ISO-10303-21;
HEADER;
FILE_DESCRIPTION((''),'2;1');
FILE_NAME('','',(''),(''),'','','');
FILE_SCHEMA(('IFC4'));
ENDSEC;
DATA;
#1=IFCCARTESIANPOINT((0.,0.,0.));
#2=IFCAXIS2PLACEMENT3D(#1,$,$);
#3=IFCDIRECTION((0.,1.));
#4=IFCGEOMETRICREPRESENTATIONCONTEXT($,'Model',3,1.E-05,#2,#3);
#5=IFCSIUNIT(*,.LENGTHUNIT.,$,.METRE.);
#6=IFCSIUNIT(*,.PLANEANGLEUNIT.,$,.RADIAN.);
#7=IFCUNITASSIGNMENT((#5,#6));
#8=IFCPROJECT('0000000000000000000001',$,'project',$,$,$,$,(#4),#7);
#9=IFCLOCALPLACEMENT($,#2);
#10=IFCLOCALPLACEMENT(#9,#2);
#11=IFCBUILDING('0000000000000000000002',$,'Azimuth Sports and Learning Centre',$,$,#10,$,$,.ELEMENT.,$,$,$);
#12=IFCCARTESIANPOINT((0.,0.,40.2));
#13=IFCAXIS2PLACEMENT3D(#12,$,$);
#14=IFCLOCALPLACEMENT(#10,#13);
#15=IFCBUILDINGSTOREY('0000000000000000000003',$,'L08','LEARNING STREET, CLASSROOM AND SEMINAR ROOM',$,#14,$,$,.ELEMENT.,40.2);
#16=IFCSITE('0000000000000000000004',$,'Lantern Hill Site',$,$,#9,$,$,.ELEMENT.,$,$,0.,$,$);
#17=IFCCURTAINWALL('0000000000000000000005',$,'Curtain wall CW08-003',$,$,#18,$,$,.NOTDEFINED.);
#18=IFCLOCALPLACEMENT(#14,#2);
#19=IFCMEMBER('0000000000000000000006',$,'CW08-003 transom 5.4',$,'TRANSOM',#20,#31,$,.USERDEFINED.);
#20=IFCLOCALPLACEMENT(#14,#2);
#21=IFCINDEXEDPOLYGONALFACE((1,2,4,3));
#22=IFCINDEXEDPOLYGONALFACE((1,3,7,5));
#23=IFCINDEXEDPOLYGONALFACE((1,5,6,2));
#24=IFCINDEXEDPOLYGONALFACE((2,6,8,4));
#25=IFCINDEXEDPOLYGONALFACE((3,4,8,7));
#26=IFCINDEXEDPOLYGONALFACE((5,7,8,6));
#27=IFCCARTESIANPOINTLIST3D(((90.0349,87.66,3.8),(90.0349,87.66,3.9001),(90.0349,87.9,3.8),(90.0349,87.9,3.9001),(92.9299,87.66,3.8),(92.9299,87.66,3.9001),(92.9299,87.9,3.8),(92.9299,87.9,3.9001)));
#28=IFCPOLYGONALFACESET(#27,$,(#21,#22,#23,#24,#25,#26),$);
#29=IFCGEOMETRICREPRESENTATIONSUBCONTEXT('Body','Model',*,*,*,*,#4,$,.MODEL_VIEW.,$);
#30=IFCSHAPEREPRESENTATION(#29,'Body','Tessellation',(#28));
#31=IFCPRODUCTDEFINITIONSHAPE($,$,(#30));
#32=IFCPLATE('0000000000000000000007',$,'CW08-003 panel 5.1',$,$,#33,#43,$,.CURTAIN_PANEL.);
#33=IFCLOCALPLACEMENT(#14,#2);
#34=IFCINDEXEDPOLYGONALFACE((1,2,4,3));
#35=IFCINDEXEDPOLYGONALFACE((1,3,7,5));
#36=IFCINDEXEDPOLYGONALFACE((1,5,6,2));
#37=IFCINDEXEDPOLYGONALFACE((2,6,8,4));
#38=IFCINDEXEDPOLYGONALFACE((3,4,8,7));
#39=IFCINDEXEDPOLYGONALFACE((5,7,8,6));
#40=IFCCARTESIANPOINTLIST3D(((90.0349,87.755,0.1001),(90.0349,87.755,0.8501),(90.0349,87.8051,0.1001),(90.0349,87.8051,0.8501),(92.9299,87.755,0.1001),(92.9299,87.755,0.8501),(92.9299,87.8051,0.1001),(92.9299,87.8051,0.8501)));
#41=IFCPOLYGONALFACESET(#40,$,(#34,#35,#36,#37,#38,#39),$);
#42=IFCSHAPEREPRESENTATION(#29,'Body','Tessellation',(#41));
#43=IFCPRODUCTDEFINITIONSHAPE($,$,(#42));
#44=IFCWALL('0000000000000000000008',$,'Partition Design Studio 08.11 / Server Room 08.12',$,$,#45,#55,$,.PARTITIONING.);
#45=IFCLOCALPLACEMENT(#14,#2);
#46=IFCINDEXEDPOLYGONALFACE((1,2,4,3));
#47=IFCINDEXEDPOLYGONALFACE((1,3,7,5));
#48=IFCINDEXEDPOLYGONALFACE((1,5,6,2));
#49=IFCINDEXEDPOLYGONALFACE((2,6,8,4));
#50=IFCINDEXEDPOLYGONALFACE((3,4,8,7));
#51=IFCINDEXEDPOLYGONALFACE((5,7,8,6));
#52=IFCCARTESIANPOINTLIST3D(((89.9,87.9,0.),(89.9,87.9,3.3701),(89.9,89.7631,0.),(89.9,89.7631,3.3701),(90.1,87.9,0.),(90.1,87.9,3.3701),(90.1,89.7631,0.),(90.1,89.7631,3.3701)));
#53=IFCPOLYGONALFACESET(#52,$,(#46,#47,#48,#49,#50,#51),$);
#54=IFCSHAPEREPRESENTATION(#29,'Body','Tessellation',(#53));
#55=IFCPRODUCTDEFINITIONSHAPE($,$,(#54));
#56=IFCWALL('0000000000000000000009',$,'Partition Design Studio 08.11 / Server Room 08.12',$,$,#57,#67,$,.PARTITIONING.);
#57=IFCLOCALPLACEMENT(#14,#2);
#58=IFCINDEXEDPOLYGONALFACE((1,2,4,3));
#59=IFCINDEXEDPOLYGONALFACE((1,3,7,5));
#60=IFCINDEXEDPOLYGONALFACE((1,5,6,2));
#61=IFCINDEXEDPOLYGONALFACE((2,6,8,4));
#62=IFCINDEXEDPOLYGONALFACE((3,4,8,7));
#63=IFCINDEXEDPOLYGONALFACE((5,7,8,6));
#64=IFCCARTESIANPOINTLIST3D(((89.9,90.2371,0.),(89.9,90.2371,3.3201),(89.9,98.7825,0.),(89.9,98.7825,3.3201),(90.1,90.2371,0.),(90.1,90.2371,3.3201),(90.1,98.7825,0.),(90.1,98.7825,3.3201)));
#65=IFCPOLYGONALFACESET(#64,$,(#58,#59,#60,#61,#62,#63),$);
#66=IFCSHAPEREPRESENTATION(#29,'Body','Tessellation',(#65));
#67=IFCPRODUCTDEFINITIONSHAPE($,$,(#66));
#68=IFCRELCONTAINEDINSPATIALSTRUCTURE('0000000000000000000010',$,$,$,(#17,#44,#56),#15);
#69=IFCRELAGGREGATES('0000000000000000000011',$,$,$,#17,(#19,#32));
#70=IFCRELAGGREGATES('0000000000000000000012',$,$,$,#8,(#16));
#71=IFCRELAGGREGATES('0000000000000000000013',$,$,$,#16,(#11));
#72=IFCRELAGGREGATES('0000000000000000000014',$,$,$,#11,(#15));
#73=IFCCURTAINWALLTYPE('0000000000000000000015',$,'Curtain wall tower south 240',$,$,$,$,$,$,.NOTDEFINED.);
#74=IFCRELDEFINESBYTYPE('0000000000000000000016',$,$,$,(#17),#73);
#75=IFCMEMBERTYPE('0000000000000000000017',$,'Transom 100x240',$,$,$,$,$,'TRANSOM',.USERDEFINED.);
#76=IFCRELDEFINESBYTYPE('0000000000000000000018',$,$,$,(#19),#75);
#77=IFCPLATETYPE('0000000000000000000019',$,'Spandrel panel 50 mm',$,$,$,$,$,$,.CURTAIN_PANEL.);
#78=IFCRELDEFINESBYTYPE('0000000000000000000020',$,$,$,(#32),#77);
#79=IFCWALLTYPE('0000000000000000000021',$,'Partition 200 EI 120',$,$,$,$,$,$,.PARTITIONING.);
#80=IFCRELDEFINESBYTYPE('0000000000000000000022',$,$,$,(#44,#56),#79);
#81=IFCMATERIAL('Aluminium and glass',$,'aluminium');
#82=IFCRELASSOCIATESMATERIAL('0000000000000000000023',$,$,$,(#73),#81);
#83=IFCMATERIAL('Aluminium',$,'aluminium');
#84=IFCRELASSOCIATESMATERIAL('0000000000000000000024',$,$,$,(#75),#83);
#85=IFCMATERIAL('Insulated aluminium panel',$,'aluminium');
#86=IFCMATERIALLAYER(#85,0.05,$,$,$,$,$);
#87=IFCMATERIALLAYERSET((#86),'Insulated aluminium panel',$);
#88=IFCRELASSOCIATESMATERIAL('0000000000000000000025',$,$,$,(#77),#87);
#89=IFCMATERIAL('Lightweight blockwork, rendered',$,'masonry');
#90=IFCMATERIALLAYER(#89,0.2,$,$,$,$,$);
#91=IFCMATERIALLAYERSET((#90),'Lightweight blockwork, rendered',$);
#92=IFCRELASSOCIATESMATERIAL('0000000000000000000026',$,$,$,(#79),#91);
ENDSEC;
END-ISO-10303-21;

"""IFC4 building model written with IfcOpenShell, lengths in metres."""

from ifc_helpers import new_model, si_unit, direction, frame, frame_2d, origin, origin_2d, place, context, subcontext, project, spatial, rectangle, extrude, material, layer, layer_set, material_profile, profile_set, type_object, element, aggregate, save


model = new_model("IFC4")

# Units and contexts
model_context = context("Model", 3, precision=1e-05, world=origin(), true_north=direction((0.0, 1.0)))
body_context = subcontext(model_context, "Body", "Model", "MODEL_VIEW")
ifc_project = project(units=[si_unit("LENGTHUNIT", "METRE"), si_unit("PLANEANGLEUNIT", "RADIAN")], contexts=[model_context])

# Site, building, storey
site_placement = place(None, origin())
site = spatial("IfcSite", under=ifc_project, at=site_placement, Name="Lantern Hill Site", CompositionType="ELEMENT", RefElevation=0.0)
building_placement = place(site_placement, origin())
building = spatial("IfcBuilding", under=site, at=building_placement, Name="Azimuth Sports and Learning Centre", CompositionType="ELEMENT")
storey_placement = place(building_placement, frame((0.0, 0.0, 40.2)))
storey = spatial("IfcBuildingStorey", under=building, at=storey_placement, Name="L08", Description="LEARNING STREET, CLASSROOM AND SEMINAR ROOM", CompositionType="ELEMENT", Elevation=40.2)

# Curtain wall, member, plate
ifc_material_1 = material(Name="Aluminium and glass", Category="aluminium")
curtain_wall_type = type_object("IfcCurtainWallType", Name="Curtain wall tower south 240", PredefinedType="NOTDEFINED", material=ifc_material_1)
curtain_wall_placement = place(storey_placement, origin())
curtain_wall = element("IfcCurtainWall", 1, at=curtain_wall_placement, inside=storey, type_object=curtain_wall_type, Name="Curtain wall CW08-003", PredefinedType="NOTDEFINED")
ifc_material_2 = material(Name="Aluminium", Category="aluminium")
ifc_material_profile_1 = material_profile(ifc_material_2, rectangle(XDim=0.24, YDim=0.1001, at=origin_2d()), Name="Transom 100x240")
ifc_profile_set_1 = profile_set([ifc_material_profile_1], Name="Aluminium")
member_type = type_object("IfcMemberType", Name="Transom 100x240", ElementType="TRANSOM", PredefinedType="USERDEFINED", material=ifc_profile_set_1)
member_1_placement = place(storey_placement, frame((90.0349, 87.78, 3.8501), z_axis=(1.0, 0.0, 0.0), x_axis=(0.0, 1.0, 0.0)))
member_1 = element("IfcMember", 2, at=member_1_placement, type_object=member_type, Name="CW08-003 transom 5.4", ObjectType="TRANSOM", PredefinedType="USERDEFINED", context=body_context, shape_type="SweptSolid", body=[
    extrude(rectangle(XDim=0.24, YDim=0.1001, at=origin_2d()), origin(), (0.0, 0.0, 1.0), 2.895),
])
ifc_material_3 = material(Name="Insulated aluminium panel", Category="aluminium")
ifc_layer_1 = layer(ifc_material_3, 0.05)
ifc_layer_set_1 = layer_set([ifc_layer_1], Name="Insulated aluminium panel")
plate_type = type_object("IfcPlateType", Name="Spandrel panel 50 mm", PredefinedType="CURTAIN_PANEL", material=ifc_layer_set_1)
plate_placement = place(storey_placement, frame((91.4824, 87.78, 0.1001), z_axis=(0.0, 0.0, 1.0), x_axis=(1.0, 0.0, 0.0)))
plate = element("IfcPlate", 3, at=plate_placement, type_object=plate_type, Name="CW08-003 panel 5.1", PredefinedType="CURTAIN_PANEL", context=body_context, shape_type="SweptSolid", body=[
    extrude(rectangle(XDim=2.895, YDim=0.05, at=origin_2d()), origin(), (0.0, 0.0, 1.0), 0.75),
])
aggregate(curtain_wall, [member_1, plate])

# Shared definitions
ifc_material_4 = material(Name="Lightweight blockwork, rendered", Category="masonry")
ifc_layer_2 = layer(ifc_material_4, 0.2)
ifc_layer_set_2 = layer_set([ifc_layer_2], Name="Lightweight blockwork, rendered")
wall_type = type_object("IfcWallType", Name="Partition 200 EI 120", PredefinedType="PARTITIONING", material=ifc_layer_set_2)

# Walls
wall_1_placement = place(storey_placement, frame((90.0, 87.8999, 0.0), z_axis=(0.0, 0.0, 1.0), x_axis=(0.0, 1.0, 0.0)))
element("IfcWall", 4, at=wall_1_placement, inside=storey, type_object=wall_type, Name="Partition Design Studio 08.11 / Server Room 08.12", PredefinedType="PARTITIONING", context=body_context, shape_type="SweptSolid", body=[
    extrude(rectangle(XDim=1.863, YDim=0.2, at=frame_2d((0.9316, 0.0))), origin(), (0.0, 0.0, 1.0), 3.3701),
])
wall_2_placement = place(storey_placement, frame((90.0, 90.2371, 0.0), z_axis=(0.0, 0.0, 1.0), x_axis=(0.0, 1.0, 0.0)))
element("IfcWall", 5, at=wall_2_placement, inside=storey, type_object=wall_type, Name="Partition Design Studio 08.11 / Server Room 08.12", PredefinedType="PARTITIONING", context=body_context, shape_type="SweptSolid", body=[
    extrude(rectangle(XDim=8.5454, YDim=0.2, at=frame_2d((4.2727, 0.0))), origin(), (0.0, 0.0, 1.0), 3.3201),
])

save(model, "model.ifc")
